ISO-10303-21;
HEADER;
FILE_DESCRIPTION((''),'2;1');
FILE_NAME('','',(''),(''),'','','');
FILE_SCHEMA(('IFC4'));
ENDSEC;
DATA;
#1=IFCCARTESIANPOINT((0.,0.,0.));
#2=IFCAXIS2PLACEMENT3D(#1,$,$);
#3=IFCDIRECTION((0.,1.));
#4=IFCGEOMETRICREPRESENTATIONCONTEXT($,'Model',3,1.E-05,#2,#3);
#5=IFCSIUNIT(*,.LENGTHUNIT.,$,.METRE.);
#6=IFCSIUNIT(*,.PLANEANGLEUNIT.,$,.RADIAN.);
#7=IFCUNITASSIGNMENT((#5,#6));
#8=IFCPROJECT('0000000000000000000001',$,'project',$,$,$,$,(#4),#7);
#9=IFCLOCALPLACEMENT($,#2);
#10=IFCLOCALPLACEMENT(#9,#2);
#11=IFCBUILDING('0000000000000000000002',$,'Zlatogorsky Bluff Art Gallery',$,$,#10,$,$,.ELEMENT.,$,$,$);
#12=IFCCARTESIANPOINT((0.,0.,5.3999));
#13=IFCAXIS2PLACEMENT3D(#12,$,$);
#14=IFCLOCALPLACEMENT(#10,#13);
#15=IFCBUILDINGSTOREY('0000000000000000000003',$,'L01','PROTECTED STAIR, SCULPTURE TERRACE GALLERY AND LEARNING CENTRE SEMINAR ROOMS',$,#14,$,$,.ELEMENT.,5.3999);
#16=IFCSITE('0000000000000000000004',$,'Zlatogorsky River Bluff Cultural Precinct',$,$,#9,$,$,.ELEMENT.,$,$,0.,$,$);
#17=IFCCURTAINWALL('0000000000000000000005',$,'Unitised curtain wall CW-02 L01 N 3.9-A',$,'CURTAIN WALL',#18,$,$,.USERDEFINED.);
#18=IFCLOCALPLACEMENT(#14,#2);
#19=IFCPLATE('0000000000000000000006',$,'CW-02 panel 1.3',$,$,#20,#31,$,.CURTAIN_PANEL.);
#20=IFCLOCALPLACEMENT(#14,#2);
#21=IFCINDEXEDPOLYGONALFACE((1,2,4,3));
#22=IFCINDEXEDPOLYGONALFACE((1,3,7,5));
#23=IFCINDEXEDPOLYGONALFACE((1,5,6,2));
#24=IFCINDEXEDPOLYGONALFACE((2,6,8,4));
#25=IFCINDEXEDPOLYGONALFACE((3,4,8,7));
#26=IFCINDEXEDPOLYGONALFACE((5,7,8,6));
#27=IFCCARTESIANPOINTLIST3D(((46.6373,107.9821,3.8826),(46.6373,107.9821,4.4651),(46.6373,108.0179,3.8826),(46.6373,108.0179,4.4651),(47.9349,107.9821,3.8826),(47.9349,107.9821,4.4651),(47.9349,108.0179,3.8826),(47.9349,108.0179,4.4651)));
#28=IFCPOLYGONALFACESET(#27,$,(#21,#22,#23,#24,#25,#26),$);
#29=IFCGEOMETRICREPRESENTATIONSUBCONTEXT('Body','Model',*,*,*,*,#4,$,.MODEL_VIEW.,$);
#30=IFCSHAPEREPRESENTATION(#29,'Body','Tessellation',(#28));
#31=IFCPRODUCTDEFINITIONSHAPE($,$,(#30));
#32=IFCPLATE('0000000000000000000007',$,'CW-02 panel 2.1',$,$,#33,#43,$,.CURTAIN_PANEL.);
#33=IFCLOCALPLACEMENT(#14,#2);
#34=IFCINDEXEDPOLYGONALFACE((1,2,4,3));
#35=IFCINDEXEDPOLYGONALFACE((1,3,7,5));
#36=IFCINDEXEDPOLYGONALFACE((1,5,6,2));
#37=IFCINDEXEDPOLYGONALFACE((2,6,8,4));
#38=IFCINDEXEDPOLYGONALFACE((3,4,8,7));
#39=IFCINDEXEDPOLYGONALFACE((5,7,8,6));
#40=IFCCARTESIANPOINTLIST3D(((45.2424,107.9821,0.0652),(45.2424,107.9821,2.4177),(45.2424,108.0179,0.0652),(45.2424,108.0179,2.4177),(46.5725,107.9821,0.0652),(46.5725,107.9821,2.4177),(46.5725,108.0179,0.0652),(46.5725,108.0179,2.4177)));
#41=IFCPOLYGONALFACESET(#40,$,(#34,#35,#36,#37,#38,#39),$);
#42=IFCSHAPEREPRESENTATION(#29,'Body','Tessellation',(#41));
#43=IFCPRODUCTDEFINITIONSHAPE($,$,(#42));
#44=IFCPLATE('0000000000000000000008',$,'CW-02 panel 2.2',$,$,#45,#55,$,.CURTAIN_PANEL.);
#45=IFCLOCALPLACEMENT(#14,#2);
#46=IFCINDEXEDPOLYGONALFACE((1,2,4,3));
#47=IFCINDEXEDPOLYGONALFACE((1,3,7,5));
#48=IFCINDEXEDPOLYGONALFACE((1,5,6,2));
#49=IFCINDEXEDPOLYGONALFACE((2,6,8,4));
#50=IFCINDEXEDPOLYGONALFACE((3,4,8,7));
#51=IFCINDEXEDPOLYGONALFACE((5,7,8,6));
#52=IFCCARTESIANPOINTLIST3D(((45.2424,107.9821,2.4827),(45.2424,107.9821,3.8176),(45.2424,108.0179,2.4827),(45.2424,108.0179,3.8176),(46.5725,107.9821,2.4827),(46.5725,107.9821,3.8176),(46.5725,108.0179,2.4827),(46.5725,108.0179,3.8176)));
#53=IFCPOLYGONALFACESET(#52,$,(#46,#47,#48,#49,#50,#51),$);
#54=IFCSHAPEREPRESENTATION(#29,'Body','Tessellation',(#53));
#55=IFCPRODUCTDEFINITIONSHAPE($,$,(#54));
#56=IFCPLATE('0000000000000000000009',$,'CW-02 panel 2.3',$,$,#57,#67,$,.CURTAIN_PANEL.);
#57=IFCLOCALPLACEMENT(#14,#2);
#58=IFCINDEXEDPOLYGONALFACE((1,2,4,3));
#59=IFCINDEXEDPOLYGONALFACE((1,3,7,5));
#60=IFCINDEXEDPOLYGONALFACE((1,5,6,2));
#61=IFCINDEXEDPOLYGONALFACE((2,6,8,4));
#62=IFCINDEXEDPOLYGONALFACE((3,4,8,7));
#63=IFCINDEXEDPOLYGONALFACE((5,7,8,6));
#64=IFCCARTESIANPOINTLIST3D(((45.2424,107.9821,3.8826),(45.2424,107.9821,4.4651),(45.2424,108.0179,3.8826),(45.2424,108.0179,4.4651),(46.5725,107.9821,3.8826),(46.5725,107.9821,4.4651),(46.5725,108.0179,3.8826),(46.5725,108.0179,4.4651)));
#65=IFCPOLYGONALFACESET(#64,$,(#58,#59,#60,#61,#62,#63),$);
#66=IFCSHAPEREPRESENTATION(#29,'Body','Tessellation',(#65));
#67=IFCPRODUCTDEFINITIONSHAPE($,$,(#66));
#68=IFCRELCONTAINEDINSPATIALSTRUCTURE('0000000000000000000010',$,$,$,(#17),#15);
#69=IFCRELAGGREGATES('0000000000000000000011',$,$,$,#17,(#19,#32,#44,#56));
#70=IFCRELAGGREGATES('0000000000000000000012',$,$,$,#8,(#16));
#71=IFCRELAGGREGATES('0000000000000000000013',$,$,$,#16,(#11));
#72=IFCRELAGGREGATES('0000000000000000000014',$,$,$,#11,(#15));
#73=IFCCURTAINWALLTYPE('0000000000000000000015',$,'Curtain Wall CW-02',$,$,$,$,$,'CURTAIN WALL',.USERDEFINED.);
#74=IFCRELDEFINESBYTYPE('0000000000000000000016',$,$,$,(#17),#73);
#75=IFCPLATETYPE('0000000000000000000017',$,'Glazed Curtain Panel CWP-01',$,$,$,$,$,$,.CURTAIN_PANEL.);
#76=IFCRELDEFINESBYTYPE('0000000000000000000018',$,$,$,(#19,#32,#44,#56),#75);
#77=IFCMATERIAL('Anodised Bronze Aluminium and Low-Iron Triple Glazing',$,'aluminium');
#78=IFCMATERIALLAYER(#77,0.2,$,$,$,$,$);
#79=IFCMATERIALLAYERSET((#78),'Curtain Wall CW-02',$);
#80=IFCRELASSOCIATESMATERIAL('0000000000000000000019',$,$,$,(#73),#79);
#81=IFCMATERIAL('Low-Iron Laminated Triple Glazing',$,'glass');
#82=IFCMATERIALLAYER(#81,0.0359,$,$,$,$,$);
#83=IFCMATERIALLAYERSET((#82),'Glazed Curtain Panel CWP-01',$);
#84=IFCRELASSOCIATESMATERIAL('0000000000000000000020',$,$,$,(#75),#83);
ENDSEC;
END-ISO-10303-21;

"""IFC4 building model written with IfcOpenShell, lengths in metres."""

from ifc_helpers import new_model, si_unit, direction, frame, origin, origin_2d, place, context, subcontext, project, spatial, rectangle, extrude, material, layer, layer_set, type_object, element, aggregate, save


model = new_model("IFC4")

# Units and contexts
model_context = context("Model", 3, precision=1e-05, world=origin(), true_north=direction((0.0, 1.0)))
body_context = subcontext(model_context, "Body", "Model", "MODEL_VIEW")
ifc_project = project(units=[si_unit("LENGTHUNIT", "METRE"), si_unit("PLANEANGLEUNIT", "RADIAN")], contexts=[model_context])

# Site, building, storey
site_placement = place(None, origin())
site = spatial("IfcSite", under=ifc_project, at=site_placement, Name="Zlatogorsky River Bluff Cultural Precinct", CompositionType="ELEMENT", RefElevation=0.0)
building_placement = place(site_placement, origin())
building = spatial("IfcBuilding", under=site, at=building_placement, Name="Zlatogorsky Bluff Art Gallery", CompositionType="ELEMENT")
storey_placement = place(building_placement, frame((0.0, 0.0, 5.3999)))
storey = spatial("IfcBuildingStorey", under=building, at=storey_placement, Name="L01", Description="PROTECTED STAIR, SCULPTURE TERRACE GALLERY AND LEARNING CENTRE SEMINAR ROOMS", CompositionType="ELEMENT", Elevation=5.3999)

# Curtain wall, plates
ifc_material_1 = material(Name="Anodised Bronze Aluminium and Low-Iron Triple Glazing", Category="aluminium")
ifc_layer_1 = layer(ifc_material_1, 0.2)
ifc_layer_set_1 = layer_set([ifc_layer_1], Name="Curtain Wall CW-02")
curtain_wall_type = type_object("IfcCurtainWallType", Name="Curtain Wall CW-02", ElementType="CURTAIN WALL", PredefinedType="USERDEFINED", material=ifc_layer_set_1)
curtain_wall_placement = place(storey_placement, origin())
curtain_wall = element("IfcCurtainWall", 1, at=curtain_wall_placement, inside=storey, type_object=curtain_wall_type, Name="Unitised curtain wall CW-02 L01 N 3.9-A", ObjectType="CURTAIN WALL", PredefinedType="USERDEFINED")
ifc_material_2 = material(Name="Low-Iron Laminated Triple Glazing", Category="glass")
ifc_layer_2 = layer(ifc_material_2, 0.0359)
ifc_layer_set_2 = layer_set([ifc_layer_2], Name="Glazed Curtain Panel CWP-01")
plate_type = type_object("IfcPlateType", Name="Glazed Curtain Panel CWP-01", PredefinedType="CURTAIN_PANEL", material=ifc_layer_set_2)
plate_1_placement = place(storey_placement, frame((47.2861, 108.0, 3.8826), z_axis=(0.0, 0.0, 1.0), x_axis=(-1.0, 0.0, 0.0)))
plate_1 = element("IfcPlate", 2, at=plate_1_placement, type_object=plate_type, Name="CW-02 panel 1.3", PredefinedType="CURTAIN_PANEL", context=body_context, shape_type="SweptSolid", body=[
    extrude(rectangle(XDim=1.2976, YDim=0.0359, at=origin_2d()), origin(), (0.0, 0.0, 1.0), 0.5825),
])
plate_2_placement = place(storey_placement, frame((45.9075, 108.0, 0.0652), z_axis=(0.0, 0.0, 1.0), x_axis=(-1.0, 0.0, 0.0)))
plate_2 = element("IfcPlate", 3, at=plate_2_placement, type_object=plate_type, Name="CW-02 panel 2.1", PredefinedType="CURTAIN_PANEL", context=body_context, shape_type="SweptSolid", body=[
    extrude(rectangle(XDim=1.3301, YDim=0.0359, at=origin_2d()), origin(), (0.0, 0.0, 1.0), 2.3525),
])
plate_3_placement = place(storey_placement, frame((45.9075, 108.0, 2.4827), z_axis=(0.0, 0.0, 1.0), x_axis=(-1.0, 0.0, 0.0)))
plate_3 = element("IfcPlate", 4, at=plate_3_placement, type_object=plate_type, Name="CW-02 panel 2.2", PredefinedType="CURTAIN_PANEL", context=body_context, shape_type="SweptSolid", body=[
    extrude(rectangle(XDim=1.3301, YDim=0.0359, at=origin_2d()), origin(), (0.0, 0.0, 1.0), 1.335),
])
plate_4_placement = place(storey_placement, frame((45.9075, 108.0, 3.8826), z_axis=(0.0, 0.0, 1.0), x_axis=(-1.0, 0.0, 0.0)))
plate_4 = element("IfcPlate", 5, at=plate_4_placement, type_object=plate_type, Name="CW-02 panel 2.3", PredefinedType="CURTAIN_PANEL", context=body_context, shape_type="SweptSolid", body=[
    extrude(rectangle(XDim=1.3301, YDim=0.0359, at=origin_2d()), origin(), (0.0, 0.0, 1.0), 0.5825),
])
aggregate(curtain_wall, [plate_1, plate_2, plate_3, plate_4])

save(model, "model.ifc")
